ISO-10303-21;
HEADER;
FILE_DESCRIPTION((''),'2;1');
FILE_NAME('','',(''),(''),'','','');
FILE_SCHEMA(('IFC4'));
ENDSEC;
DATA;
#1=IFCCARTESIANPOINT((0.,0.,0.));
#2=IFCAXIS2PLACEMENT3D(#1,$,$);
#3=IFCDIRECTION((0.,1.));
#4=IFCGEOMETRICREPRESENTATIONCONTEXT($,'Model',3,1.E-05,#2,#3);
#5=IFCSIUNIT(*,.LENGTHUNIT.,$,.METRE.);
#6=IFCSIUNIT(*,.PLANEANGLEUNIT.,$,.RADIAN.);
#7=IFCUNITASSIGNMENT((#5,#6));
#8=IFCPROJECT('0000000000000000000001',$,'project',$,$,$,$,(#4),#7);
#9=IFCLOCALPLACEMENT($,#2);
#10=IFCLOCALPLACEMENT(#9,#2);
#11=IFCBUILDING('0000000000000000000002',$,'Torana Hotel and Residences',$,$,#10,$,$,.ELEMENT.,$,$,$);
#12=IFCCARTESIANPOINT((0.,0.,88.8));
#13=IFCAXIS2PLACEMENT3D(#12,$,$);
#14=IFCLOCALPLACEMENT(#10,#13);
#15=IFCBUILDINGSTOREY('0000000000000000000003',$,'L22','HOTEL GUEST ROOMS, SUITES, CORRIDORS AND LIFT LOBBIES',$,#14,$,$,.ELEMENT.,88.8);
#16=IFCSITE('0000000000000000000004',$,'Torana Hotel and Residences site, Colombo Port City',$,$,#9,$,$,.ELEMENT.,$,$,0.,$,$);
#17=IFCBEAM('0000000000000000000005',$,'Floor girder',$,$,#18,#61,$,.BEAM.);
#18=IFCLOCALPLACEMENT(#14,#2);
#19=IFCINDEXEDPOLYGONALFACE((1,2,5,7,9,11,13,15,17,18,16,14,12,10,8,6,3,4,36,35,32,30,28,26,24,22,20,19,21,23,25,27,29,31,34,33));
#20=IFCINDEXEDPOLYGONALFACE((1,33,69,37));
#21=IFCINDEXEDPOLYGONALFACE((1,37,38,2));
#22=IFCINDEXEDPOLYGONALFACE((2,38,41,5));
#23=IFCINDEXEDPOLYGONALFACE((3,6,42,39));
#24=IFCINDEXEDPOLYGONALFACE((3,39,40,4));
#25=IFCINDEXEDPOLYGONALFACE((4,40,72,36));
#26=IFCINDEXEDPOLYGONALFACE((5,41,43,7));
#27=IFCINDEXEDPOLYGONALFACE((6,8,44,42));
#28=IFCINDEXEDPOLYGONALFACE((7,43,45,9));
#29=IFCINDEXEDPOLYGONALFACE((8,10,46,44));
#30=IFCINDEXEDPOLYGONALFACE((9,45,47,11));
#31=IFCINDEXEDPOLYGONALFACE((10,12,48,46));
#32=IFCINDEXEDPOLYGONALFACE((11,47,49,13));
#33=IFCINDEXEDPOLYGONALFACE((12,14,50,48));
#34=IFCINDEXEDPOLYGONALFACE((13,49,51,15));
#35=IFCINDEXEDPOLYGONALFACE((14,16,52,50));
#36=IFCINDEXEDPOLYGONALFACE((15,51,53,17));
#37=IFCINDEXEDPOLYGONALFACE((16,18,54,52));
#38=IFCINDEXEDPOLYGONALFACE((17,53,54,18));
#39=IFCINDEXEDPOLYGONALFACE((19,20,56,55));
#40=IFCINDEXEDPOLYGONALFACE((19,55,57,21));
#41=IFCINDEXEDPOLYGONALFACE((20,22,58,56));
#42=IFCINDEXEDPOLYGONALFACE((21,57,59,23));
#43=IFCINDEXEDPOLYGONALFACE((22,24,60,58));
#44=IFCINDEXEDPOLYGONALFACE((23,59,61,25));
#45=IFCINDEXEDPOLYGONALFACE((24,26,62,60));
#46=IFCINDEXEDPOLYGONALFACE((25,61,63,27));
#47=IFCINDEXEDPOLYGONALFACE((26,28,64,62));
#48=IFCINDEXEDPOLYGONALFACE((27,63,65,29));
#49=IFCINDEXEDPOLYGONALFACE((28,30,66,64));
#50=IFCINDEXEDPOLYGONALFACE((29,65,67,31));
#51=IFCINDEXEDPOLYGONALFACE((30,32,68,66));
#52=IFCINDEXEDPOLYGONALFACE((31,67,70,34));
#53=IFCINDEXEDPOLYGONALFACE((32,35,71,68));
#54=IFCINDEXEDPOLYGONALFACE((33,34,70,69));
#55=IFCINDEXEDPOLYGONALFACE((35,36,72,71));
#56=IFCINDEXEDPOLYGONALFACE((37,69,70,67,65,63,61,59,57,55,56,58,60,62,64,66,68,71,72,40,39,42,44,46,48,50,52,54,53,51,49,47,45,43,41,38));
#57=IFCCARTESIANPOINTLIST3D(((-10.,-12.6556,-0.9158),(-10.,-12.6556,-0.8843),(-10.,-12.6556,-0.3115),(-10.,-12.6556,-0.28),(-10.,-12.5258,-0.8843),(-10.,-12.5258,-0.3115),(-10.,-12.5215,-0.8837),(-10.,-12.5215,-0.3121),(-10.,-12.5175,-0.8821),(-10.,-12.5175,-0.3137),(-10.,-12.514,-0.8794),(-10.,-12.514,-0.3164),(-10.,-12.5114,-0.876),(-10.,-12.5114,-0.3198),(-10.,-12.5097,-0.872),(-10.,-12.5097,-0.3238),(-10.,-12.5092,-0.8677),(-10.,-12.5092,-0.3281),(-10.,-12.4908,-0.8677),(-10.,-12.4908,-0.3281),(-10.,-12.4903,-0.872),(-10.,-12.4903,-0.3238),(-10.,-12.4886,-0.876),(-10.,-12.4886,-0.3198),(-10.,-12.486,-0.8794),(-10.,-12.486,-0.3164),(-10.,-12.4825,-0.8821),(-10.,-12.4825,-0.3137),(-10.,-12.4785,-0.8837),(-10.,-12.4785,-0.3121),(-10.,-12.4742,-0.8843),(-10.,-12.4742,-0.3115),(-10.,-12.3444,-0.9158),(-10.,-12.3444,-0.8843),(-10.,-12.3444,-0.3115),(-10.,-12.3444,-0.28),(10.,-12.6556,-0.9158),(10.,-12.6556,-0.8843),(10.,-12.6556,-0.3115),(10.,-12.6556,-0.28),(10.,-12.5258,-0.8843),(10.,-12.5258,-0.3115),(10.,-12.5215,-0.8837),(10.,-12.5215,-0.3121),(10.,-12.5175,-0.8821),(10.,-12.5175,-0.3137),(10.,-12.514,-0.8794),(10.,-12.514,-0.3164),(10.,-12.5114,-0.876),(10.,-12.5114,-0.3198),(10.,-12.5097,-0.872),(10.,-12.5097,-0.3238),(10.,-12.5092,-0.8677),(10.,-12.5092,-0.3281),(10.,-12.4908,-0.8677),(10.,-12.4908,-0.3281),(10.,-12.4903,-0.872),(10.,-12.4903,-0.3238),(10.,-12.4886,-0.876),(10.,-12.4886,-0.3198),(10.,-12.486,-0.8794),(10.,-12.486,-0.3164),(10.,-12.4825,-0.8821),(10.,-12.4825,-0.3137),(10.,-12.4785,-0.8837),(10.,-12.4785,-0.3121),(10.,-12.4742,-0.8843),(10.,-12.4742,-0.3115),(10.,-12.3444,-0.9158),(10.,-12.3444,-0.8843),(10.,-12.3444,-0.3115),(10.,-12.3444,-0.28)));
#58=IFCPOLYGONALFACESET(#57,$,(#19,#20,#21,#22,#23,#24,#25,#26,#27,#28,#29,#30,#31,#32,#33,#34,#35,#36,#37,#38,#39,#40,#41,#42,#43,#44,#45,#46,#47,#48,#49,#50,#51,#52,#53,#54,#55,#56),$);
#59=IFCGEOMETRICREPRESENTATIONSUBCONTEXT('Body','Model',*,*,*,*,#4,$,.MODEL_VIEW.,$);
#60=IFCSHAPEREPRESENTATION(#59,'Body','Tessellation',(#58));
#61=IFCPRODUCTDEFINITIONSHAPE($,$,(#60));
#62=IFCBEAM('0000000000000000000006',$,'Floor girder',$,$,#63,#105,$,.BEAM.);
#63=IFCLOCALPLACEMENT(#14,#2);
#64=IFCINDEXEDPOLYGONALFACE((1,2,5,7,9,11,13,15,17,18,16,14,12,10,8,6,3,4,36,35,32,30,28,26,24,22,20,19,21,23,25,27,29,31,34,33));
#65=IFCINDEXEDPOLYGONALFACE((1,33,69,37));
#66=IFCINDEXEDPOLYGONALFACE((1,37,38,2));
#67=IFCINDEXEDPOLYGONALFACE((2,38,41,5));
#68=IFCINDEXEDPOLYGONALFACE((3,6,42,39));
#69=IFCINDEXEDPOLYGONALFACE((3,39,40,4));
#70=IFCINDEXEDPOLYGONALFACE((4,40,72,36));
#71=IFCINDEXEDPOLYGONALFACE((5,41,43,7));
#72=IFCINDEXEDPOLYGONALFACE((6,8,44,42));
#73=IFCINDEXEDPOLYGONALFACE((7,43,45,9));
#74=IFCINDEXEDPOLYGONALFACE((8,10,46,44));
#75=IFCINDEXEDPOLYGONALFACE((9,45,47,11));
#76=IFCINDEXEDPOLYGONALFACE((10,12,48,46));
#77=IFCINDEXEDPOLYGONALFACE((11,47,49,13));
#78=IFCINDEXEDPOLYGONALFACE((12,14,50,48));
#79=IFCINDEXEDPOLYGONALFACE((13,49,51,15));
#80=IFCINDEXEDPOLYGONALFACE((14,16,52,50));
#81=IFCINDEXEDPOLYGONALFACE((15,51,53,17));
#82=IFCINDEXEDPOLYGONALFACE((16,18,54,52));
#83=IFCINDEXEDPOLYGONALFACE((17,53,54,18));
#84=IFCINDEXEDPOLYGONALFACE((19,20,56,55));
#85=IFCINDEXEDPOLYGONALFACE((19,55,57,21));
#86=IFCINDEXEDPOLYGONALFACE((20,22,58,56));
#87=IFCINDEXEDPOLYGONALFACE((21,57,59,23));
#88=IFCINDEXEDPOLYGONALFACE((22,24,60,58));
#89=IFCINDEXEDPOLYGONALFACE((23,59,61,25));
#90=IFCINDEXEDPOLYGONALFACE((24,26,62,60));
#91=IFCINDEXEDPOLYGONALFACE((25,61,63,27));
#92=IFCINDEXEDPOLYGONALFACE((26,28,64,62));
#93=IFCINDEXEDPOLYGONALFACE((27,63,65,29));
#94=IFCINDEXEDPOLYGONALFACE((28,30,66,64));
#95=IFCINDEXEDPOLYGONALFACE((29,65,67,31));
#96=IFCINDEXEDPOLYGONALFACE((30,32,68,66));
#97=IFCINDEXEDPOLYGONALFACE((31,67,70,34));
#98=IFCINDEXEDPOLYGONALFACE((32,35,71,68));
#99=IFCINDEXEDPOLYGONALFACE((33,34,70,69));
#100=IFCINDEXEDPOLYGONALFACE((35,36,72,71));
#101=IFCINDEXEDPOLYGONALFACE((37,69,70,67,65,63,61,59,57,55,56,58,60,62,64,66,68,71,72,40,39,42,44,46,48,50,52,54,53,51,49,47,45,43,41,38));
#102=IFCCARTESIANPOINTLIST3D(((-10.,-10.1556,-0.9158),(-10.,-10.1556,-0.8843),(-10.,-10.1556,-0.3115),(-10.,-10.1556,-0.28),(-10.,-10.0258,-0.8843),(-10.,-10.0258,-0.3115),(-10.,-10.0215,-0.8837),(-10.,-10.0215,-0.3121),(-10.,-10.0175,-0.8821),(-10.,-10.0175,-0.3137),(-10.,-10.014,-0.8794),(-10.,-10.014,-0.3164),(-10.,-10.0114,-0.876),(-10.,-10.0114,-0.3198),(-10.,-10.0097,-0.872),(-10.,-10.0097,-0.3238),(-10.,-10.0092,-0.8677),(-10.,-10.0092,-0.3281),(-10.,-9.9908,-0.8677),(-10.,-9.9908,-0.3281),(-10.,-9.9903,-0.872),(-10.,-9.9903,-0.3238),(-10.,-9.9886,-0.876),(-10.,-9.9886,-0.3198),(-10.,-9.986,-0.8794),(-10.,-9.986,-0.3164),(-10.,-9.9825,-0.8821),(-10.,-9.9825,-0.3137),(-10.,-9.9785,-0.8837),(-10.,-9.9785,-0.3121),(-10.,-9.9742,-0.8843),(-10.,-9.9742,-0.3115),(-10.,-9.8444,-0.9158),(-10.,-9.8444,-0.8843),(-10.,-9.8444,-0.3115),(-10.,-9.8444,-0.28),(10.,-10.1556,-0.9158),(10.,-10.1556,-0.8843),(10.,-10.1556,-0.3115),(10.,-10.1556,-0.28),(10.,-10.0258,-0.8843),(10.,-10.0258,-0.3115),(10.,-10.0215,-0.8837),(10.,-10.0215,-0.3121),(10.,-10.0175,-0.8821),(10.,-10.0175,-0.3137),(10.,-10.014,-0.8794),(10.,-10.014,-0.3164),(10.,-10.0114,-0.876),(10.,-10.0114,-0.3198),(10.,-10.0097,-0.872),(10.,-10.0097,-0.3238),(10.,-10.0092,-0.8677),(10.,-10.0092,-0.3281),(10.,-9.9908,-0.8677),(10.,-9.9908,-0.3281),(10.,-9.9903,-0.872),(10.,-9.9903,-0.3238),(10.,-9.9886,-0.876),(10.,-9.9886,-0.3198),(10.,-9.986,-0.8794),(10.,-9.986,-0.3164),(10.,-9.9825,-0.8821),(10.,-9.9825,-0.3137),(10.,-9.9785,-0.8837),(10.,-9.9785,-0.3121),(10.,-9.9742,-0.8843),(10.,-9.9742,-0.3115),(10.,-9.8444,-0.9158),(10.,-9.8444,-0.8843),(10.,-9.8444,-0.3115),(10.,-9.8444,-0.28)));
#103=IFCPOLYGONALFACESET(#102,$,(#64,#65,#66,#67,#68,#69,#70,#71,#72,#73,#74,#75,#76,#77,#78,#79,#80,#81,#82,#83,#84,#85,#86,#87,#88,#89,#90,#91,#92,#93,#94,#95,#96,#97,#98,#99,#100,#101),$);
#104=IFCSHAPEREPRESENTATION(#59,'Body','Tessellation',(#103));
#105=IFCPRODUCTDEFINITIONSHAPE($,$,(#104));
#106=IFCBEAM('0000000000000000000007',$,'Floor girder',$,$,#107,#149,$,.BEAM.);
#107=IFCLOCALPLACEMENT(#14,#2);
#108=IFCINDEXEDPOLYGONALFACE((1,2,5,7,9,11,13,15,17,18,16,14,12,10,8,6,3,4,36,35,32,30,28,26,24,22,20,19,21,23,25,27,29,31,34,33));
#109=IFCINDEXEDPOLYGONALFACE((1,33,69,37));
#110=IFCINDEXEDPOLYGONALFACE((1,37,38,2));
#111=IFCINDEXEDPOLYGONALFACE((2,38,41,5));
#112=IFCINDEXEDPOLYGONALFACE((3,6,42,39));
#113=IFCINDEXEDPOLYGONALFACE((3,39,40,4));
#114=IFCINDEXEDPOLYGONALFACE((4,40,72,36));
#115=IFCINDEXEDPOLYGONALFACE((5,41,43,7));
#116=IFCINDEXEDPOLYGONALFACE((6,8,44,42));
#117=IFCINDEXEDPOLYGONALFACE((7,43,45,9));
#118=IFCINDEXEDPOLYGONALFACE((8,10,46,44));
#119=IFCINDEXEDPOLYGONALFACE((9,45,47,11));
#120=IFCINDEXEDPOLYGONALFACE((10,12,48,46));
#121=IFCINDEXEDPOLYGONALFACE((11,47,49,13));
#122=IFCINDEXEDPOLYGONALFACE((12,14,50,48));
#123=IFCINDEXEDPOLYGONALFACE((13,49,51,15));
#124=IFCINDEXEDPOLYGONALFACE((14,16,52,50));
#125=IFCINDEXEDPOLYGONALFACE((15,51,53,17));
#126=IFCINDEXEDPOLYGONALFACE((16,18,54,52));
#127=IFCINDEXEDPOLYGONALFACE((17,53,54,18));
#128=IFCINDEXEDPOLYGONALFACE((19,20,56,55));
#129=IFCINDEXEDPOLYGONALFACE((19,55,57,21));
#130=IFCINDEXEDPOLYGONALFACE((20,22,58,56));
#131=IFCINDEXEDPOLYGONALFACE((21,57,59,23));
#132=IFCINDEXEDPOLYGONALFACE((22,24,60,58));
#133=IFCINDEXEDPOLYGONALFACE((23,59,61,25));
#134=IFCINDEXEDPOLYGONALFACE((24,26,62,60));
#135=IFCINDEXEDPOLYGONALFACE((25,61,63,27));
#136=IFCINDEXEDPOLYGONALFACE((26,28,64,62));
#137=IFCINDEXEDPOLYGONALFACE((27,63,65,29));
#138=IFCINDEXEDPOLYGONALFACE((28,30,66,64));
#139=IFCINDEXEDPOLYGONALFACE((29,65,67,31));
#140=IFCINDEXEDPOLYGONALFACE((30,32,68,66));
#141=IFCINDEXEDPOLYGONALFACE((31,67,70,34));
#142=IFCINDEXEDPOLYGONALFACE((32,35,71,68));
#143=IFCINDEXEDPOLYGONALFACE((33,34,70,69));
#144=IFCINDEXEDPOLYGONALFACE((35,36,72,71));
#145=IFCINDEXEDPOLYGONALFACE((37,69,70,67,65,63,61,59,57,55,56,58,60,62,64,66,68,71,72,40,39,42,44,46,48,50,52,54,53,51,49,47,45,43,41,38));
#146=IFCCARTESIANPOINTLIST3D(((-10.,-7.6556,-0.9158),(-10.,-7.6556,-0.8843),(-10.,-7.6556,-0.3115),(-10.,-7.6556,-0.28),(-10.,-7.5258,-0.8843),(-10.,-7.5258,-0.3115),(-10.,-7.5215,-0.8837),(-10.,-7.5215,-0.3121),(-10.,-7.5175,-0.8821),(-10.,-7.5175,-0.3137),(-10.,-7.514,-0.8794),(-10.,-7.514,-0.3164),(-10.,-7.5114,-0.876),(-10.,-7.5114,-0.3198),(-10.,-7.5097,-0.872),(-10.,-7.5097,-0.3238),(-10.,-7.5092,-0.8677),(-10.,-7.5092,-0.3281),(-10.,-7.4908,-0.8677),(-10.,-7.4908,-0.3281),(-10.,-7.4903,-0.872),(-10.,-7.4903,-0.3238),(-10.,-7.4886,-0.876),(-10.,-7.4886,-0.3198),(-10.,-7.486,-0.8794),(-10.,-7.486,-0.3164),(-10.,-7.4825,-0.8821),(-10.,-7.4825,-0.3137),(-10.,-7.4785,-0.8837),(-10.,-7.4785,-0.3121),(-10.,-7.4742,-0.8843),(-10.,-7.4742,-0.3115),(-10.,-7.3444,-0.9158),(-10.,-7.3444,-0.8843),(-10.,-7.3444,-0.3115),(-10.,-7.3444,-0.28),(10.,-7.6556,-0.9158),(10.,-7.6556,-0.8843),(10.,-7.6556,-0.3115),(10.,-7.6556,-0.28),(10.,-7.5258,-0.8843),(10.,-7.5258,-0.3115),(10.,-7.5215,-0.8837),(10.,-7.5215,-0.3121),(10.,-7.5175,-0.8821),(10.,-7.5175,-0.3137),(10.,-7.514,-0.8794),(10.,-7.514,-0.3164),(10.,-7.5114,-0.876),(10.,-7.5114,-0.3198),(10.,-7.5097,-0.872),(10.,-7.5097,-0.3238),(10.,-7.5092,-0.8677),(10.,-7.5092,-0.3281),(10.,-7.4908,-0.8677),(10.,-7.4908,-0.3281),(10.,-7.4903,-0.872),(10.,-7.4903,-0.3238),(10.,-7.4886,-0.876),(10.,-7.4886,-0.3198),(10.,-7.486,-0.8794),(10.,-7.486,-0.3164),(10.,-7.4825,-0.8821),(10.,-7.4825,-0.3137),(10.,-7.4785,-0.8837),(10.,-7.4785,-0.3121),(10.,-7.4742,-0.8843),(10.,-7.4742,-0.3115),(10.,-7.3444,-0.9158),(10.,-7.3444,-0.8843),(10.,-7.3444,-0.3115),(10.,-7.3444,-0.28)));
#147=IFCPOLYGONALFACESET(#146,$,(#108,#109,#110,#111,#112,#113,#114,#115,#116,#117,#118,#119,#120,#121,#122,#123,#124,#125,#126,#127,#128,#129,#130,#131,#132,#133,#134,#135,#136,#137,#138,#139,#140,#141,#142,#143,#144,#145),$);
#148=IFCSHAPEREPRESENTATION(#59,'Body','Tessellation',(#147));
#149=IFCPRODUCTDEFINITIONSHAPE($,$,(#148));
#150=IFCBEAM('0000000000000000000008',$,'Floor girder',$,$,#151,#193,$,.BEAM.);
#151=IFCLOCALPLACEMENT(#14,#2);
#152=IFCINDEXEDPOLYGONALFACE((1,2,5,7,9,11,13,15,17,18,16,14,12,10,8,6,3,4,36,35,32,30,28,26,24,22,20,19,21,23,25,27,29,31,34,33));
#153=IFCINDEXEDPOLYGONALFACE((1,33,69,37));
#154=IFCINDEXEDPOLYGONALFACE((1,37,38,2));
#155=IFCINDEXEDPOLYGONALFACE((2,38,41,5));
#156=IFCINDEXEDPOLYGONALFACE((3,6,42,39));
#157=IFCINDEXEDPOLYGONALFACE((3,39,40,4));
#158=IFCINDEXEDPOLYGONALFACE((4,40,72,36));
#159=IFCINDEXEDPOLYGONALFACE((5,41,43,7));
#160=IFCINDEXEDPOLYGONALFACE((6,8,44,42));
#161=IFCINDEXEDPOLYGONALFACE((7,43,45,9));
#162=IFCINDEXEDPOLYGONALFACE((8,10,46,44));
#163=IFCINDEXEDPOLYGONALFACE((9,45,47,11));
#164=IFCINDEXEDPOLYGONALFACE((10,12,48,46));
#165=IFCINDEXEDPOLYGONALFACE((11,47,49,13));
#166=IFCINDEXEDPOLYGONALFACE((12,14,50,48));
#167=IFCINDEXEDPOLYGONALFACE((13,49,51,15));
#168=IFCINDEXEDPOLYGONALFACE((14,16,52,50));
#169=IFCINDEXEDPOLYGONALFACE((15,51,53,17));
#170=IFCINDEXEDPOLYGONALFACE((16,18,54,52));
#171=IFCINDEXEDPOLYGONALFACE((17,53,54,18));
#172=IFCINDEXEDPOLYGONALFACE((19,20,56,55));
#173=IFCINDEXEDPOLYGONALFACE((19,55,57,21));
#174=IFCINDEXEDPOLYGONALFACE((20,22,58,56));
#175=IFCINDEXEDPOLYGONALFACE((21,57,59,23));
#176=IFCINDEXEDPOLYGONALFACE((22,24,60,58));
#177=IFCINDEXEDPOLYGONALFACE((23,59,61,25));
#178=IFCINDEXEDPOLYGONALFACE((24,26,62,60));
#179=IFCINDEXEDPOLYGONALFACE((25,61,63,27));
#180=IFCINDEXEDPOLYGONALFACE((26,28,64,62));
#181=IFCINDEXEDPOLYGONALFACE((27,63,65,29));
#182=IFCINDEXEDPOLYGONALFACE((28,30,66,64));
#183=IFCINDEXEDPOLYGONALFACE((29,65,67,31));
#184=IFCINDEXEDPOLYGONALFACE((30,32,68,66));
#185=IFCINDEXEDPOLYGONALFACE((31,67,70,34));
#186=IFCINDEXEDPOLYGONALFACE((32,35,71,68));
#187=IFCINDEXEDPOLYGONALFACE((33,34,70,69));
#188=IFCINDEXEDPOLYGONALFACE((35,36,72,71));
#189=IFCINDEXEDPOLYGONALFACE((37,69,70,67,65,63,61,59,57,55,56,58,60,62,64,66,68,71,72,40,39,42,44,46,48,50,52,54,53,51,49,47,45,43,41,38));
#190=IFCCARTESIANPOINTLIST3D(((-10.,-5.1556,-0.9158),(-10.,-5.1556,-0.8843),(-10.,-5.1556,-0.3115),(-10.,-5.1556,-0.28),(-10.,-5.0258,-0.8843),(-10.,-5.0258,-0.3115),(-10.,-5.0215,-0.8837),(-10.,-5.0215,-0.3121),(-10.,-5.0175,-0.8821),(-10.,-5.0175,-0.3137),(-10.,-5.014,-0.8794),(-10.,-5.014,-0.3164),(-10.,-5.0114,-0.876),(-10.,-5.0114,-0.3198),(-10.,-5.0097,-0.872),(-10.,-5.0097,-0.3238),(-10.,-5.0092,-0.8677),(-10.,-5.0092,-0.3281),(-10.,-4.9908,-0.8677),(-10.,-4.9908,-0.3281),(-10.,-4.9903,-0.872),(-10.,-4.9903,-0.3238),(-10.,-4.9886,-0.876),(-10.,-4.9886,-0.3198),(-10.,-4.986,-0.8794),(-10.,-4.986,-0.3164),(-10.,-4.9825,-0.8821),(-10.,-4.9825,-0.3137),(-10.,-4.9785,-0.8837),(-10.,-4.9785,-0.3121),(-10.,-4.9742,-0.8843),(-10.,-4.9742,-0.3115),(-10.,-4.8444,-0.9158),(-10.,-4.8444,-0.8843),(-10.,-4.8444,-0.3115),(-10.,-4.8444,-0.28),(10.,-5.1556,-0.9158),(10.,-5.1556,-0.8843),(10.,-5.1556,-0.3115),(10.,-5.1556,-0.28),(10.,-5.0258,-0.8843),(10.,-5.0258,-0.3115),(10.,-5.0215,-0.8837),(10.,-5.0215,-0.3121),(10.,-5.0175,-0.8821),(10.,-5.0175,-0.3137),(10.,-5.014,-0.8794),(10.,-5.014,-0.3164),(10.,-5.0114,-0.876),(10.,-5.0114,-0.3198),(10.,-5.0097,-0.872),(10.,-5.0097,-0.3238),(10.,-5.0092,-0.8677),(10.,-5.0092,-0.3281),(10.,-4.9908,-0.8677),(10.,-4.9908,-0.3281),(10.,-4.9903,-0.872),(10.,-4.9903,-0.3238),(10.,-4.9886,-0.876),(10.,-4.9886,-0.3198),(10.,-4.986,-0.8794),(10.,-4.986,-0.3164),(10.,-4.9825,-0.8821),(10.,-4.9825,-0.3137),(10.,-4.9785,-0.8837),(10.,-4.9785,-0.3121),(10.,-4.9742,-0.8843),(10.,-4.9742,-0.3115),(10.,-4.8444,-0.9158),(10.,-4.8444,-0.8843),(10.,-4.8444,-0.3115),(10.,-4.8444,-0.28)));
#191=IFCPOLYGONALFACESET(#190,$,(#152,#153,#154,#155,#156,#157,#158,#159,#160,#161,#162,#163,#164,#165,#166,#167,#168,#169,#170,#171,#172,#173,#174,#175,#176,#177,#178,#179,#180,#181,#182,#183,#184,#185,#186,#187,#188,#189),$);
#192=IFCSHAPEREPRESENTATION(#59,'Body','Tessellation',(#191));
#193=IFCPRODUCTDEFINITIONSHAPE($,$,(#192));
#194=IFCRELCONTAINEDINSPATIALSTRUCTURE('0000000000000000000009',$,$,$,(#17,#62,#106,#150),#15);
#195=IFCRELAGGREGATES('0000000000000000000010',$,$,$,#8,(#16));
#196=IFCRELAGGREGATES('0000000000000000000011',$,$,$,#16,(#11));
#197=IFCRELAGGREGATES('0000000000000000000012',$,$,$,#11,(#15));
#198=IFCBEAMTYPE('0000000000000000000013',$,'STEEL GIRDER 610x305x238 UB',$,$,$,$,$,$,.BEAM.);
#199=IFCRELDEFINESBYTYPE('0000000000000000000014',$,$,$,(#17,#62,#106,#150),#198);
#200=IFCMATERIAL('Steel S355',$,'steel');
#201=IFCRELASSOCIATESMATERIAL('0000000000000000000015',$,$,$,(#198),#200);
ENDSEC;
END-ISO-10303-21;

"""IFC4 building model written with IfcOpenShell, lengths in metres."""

from ifc_helpers import new_model, si_unit, direction, frame, origin, origin_2d, place, context, subcontext, project, spatial, i_section, extrude, material, material_profile, profile_set, type_object, element, save


model = new_model("IFC4")

# Units and contexts
model_context = context("Model", 3, precision=1e-05, world=origin(), true_north=direction((0.0, 1.0)))
body_context = subcontext(model_context, "Body", "Model", "MODEL_VIEW")
ifc_project = project(units=[si_unit("LENGTHUNIT", "METRE"), si_unit("PLANEANGLEUNIT", "RADIAN")], contexts=[model_context])

# Site, building, storey
site_placement = place(None, origin())
site = spatial("IfcSite", under=ifc_project, at=site_placement, Name="Torana Hotel and Residences site, Colombo Port City", CompositionType="ELEMENT", RefElevation=0.0)
building_placement = place(site_placement, origin())
building = spatial("IfcBuilding", under=site, at=building_placement, Name="Torana Hotel and Residences", CompositionType="ELEMENT")
storey_placement = place(building_placement, frame((0.0, 0.0, 88.8)))
storey = spatial("IfcBuildingStorey", under=building, at=storey_placement, Name="L22", Description="HOTEL GUEST ROOMS, SUITES, CORRIDORS AND LIFT LOBBIES", CompositionType="ELEMENT", Elevation=88.8)

# Beams
ifc_material_1 = material(Name="Steel S355", Category="steel")
ifc_material_profile = material_profile(ifc_material_1, i_section(OverallWidth=0.3113, OverallDepth=0.6357, WebThickness=0.0183, FlangeThickness=0.0315, FilletRadius=0.0166, at=origin_2d()), Name="610x305x238 UB")
ifc_profile_set = profile_set([ifc_material_profile], Name="Steel S355")
beam_type = type_object("IfcBeamType", Name="STEEL GIRDER 610x305x238 UB", PredefinedType="BEAM", material=ifc_profile_set)
for number, where, z_axis, x_axis, name in (
    (1, (-10.0, -12.5, -0.5979), (1.0, 0.0, 0.0), (0.0, 1.0, 0.0), "Floor girder"),
    (2, (-10.0, -10.0, -0.5979), (1.0, 0.0, 0.0), (0.0, 1.0, 0.0), "Floor girder"),
    (3, (-10.0, -7.5, -0.5979), (1.0, 0.0, 0.0), (0.0, 1.0, 0.0), "Floor girder"),
    (4, (-10.0, -5.0, -0.5979), (1.0, 0.0, 0.0), (0.0, 1.0, 0.0), "Floor girder"),
):
    element("IfcBeam", number, at=place(storey_placement, frame(where, z_axis=z_axis, x_axis=x_axis)), inside=storey, type_object=beam_type, Name=name, PredefinedType="BEAM", context=body_context, shape_type="SweptSolid", body=[
        extrude(i_section(OverallWidth=0.3113, OverallDepth=0.6357, WebThickness=0.0183, FlangeThickness=0.0315, FilletRadius=0.0166, at=origin_2d()), origin(), (0.0, 0.0, 1.0), 20.0),
    ])

save(model, "model.ifc")
